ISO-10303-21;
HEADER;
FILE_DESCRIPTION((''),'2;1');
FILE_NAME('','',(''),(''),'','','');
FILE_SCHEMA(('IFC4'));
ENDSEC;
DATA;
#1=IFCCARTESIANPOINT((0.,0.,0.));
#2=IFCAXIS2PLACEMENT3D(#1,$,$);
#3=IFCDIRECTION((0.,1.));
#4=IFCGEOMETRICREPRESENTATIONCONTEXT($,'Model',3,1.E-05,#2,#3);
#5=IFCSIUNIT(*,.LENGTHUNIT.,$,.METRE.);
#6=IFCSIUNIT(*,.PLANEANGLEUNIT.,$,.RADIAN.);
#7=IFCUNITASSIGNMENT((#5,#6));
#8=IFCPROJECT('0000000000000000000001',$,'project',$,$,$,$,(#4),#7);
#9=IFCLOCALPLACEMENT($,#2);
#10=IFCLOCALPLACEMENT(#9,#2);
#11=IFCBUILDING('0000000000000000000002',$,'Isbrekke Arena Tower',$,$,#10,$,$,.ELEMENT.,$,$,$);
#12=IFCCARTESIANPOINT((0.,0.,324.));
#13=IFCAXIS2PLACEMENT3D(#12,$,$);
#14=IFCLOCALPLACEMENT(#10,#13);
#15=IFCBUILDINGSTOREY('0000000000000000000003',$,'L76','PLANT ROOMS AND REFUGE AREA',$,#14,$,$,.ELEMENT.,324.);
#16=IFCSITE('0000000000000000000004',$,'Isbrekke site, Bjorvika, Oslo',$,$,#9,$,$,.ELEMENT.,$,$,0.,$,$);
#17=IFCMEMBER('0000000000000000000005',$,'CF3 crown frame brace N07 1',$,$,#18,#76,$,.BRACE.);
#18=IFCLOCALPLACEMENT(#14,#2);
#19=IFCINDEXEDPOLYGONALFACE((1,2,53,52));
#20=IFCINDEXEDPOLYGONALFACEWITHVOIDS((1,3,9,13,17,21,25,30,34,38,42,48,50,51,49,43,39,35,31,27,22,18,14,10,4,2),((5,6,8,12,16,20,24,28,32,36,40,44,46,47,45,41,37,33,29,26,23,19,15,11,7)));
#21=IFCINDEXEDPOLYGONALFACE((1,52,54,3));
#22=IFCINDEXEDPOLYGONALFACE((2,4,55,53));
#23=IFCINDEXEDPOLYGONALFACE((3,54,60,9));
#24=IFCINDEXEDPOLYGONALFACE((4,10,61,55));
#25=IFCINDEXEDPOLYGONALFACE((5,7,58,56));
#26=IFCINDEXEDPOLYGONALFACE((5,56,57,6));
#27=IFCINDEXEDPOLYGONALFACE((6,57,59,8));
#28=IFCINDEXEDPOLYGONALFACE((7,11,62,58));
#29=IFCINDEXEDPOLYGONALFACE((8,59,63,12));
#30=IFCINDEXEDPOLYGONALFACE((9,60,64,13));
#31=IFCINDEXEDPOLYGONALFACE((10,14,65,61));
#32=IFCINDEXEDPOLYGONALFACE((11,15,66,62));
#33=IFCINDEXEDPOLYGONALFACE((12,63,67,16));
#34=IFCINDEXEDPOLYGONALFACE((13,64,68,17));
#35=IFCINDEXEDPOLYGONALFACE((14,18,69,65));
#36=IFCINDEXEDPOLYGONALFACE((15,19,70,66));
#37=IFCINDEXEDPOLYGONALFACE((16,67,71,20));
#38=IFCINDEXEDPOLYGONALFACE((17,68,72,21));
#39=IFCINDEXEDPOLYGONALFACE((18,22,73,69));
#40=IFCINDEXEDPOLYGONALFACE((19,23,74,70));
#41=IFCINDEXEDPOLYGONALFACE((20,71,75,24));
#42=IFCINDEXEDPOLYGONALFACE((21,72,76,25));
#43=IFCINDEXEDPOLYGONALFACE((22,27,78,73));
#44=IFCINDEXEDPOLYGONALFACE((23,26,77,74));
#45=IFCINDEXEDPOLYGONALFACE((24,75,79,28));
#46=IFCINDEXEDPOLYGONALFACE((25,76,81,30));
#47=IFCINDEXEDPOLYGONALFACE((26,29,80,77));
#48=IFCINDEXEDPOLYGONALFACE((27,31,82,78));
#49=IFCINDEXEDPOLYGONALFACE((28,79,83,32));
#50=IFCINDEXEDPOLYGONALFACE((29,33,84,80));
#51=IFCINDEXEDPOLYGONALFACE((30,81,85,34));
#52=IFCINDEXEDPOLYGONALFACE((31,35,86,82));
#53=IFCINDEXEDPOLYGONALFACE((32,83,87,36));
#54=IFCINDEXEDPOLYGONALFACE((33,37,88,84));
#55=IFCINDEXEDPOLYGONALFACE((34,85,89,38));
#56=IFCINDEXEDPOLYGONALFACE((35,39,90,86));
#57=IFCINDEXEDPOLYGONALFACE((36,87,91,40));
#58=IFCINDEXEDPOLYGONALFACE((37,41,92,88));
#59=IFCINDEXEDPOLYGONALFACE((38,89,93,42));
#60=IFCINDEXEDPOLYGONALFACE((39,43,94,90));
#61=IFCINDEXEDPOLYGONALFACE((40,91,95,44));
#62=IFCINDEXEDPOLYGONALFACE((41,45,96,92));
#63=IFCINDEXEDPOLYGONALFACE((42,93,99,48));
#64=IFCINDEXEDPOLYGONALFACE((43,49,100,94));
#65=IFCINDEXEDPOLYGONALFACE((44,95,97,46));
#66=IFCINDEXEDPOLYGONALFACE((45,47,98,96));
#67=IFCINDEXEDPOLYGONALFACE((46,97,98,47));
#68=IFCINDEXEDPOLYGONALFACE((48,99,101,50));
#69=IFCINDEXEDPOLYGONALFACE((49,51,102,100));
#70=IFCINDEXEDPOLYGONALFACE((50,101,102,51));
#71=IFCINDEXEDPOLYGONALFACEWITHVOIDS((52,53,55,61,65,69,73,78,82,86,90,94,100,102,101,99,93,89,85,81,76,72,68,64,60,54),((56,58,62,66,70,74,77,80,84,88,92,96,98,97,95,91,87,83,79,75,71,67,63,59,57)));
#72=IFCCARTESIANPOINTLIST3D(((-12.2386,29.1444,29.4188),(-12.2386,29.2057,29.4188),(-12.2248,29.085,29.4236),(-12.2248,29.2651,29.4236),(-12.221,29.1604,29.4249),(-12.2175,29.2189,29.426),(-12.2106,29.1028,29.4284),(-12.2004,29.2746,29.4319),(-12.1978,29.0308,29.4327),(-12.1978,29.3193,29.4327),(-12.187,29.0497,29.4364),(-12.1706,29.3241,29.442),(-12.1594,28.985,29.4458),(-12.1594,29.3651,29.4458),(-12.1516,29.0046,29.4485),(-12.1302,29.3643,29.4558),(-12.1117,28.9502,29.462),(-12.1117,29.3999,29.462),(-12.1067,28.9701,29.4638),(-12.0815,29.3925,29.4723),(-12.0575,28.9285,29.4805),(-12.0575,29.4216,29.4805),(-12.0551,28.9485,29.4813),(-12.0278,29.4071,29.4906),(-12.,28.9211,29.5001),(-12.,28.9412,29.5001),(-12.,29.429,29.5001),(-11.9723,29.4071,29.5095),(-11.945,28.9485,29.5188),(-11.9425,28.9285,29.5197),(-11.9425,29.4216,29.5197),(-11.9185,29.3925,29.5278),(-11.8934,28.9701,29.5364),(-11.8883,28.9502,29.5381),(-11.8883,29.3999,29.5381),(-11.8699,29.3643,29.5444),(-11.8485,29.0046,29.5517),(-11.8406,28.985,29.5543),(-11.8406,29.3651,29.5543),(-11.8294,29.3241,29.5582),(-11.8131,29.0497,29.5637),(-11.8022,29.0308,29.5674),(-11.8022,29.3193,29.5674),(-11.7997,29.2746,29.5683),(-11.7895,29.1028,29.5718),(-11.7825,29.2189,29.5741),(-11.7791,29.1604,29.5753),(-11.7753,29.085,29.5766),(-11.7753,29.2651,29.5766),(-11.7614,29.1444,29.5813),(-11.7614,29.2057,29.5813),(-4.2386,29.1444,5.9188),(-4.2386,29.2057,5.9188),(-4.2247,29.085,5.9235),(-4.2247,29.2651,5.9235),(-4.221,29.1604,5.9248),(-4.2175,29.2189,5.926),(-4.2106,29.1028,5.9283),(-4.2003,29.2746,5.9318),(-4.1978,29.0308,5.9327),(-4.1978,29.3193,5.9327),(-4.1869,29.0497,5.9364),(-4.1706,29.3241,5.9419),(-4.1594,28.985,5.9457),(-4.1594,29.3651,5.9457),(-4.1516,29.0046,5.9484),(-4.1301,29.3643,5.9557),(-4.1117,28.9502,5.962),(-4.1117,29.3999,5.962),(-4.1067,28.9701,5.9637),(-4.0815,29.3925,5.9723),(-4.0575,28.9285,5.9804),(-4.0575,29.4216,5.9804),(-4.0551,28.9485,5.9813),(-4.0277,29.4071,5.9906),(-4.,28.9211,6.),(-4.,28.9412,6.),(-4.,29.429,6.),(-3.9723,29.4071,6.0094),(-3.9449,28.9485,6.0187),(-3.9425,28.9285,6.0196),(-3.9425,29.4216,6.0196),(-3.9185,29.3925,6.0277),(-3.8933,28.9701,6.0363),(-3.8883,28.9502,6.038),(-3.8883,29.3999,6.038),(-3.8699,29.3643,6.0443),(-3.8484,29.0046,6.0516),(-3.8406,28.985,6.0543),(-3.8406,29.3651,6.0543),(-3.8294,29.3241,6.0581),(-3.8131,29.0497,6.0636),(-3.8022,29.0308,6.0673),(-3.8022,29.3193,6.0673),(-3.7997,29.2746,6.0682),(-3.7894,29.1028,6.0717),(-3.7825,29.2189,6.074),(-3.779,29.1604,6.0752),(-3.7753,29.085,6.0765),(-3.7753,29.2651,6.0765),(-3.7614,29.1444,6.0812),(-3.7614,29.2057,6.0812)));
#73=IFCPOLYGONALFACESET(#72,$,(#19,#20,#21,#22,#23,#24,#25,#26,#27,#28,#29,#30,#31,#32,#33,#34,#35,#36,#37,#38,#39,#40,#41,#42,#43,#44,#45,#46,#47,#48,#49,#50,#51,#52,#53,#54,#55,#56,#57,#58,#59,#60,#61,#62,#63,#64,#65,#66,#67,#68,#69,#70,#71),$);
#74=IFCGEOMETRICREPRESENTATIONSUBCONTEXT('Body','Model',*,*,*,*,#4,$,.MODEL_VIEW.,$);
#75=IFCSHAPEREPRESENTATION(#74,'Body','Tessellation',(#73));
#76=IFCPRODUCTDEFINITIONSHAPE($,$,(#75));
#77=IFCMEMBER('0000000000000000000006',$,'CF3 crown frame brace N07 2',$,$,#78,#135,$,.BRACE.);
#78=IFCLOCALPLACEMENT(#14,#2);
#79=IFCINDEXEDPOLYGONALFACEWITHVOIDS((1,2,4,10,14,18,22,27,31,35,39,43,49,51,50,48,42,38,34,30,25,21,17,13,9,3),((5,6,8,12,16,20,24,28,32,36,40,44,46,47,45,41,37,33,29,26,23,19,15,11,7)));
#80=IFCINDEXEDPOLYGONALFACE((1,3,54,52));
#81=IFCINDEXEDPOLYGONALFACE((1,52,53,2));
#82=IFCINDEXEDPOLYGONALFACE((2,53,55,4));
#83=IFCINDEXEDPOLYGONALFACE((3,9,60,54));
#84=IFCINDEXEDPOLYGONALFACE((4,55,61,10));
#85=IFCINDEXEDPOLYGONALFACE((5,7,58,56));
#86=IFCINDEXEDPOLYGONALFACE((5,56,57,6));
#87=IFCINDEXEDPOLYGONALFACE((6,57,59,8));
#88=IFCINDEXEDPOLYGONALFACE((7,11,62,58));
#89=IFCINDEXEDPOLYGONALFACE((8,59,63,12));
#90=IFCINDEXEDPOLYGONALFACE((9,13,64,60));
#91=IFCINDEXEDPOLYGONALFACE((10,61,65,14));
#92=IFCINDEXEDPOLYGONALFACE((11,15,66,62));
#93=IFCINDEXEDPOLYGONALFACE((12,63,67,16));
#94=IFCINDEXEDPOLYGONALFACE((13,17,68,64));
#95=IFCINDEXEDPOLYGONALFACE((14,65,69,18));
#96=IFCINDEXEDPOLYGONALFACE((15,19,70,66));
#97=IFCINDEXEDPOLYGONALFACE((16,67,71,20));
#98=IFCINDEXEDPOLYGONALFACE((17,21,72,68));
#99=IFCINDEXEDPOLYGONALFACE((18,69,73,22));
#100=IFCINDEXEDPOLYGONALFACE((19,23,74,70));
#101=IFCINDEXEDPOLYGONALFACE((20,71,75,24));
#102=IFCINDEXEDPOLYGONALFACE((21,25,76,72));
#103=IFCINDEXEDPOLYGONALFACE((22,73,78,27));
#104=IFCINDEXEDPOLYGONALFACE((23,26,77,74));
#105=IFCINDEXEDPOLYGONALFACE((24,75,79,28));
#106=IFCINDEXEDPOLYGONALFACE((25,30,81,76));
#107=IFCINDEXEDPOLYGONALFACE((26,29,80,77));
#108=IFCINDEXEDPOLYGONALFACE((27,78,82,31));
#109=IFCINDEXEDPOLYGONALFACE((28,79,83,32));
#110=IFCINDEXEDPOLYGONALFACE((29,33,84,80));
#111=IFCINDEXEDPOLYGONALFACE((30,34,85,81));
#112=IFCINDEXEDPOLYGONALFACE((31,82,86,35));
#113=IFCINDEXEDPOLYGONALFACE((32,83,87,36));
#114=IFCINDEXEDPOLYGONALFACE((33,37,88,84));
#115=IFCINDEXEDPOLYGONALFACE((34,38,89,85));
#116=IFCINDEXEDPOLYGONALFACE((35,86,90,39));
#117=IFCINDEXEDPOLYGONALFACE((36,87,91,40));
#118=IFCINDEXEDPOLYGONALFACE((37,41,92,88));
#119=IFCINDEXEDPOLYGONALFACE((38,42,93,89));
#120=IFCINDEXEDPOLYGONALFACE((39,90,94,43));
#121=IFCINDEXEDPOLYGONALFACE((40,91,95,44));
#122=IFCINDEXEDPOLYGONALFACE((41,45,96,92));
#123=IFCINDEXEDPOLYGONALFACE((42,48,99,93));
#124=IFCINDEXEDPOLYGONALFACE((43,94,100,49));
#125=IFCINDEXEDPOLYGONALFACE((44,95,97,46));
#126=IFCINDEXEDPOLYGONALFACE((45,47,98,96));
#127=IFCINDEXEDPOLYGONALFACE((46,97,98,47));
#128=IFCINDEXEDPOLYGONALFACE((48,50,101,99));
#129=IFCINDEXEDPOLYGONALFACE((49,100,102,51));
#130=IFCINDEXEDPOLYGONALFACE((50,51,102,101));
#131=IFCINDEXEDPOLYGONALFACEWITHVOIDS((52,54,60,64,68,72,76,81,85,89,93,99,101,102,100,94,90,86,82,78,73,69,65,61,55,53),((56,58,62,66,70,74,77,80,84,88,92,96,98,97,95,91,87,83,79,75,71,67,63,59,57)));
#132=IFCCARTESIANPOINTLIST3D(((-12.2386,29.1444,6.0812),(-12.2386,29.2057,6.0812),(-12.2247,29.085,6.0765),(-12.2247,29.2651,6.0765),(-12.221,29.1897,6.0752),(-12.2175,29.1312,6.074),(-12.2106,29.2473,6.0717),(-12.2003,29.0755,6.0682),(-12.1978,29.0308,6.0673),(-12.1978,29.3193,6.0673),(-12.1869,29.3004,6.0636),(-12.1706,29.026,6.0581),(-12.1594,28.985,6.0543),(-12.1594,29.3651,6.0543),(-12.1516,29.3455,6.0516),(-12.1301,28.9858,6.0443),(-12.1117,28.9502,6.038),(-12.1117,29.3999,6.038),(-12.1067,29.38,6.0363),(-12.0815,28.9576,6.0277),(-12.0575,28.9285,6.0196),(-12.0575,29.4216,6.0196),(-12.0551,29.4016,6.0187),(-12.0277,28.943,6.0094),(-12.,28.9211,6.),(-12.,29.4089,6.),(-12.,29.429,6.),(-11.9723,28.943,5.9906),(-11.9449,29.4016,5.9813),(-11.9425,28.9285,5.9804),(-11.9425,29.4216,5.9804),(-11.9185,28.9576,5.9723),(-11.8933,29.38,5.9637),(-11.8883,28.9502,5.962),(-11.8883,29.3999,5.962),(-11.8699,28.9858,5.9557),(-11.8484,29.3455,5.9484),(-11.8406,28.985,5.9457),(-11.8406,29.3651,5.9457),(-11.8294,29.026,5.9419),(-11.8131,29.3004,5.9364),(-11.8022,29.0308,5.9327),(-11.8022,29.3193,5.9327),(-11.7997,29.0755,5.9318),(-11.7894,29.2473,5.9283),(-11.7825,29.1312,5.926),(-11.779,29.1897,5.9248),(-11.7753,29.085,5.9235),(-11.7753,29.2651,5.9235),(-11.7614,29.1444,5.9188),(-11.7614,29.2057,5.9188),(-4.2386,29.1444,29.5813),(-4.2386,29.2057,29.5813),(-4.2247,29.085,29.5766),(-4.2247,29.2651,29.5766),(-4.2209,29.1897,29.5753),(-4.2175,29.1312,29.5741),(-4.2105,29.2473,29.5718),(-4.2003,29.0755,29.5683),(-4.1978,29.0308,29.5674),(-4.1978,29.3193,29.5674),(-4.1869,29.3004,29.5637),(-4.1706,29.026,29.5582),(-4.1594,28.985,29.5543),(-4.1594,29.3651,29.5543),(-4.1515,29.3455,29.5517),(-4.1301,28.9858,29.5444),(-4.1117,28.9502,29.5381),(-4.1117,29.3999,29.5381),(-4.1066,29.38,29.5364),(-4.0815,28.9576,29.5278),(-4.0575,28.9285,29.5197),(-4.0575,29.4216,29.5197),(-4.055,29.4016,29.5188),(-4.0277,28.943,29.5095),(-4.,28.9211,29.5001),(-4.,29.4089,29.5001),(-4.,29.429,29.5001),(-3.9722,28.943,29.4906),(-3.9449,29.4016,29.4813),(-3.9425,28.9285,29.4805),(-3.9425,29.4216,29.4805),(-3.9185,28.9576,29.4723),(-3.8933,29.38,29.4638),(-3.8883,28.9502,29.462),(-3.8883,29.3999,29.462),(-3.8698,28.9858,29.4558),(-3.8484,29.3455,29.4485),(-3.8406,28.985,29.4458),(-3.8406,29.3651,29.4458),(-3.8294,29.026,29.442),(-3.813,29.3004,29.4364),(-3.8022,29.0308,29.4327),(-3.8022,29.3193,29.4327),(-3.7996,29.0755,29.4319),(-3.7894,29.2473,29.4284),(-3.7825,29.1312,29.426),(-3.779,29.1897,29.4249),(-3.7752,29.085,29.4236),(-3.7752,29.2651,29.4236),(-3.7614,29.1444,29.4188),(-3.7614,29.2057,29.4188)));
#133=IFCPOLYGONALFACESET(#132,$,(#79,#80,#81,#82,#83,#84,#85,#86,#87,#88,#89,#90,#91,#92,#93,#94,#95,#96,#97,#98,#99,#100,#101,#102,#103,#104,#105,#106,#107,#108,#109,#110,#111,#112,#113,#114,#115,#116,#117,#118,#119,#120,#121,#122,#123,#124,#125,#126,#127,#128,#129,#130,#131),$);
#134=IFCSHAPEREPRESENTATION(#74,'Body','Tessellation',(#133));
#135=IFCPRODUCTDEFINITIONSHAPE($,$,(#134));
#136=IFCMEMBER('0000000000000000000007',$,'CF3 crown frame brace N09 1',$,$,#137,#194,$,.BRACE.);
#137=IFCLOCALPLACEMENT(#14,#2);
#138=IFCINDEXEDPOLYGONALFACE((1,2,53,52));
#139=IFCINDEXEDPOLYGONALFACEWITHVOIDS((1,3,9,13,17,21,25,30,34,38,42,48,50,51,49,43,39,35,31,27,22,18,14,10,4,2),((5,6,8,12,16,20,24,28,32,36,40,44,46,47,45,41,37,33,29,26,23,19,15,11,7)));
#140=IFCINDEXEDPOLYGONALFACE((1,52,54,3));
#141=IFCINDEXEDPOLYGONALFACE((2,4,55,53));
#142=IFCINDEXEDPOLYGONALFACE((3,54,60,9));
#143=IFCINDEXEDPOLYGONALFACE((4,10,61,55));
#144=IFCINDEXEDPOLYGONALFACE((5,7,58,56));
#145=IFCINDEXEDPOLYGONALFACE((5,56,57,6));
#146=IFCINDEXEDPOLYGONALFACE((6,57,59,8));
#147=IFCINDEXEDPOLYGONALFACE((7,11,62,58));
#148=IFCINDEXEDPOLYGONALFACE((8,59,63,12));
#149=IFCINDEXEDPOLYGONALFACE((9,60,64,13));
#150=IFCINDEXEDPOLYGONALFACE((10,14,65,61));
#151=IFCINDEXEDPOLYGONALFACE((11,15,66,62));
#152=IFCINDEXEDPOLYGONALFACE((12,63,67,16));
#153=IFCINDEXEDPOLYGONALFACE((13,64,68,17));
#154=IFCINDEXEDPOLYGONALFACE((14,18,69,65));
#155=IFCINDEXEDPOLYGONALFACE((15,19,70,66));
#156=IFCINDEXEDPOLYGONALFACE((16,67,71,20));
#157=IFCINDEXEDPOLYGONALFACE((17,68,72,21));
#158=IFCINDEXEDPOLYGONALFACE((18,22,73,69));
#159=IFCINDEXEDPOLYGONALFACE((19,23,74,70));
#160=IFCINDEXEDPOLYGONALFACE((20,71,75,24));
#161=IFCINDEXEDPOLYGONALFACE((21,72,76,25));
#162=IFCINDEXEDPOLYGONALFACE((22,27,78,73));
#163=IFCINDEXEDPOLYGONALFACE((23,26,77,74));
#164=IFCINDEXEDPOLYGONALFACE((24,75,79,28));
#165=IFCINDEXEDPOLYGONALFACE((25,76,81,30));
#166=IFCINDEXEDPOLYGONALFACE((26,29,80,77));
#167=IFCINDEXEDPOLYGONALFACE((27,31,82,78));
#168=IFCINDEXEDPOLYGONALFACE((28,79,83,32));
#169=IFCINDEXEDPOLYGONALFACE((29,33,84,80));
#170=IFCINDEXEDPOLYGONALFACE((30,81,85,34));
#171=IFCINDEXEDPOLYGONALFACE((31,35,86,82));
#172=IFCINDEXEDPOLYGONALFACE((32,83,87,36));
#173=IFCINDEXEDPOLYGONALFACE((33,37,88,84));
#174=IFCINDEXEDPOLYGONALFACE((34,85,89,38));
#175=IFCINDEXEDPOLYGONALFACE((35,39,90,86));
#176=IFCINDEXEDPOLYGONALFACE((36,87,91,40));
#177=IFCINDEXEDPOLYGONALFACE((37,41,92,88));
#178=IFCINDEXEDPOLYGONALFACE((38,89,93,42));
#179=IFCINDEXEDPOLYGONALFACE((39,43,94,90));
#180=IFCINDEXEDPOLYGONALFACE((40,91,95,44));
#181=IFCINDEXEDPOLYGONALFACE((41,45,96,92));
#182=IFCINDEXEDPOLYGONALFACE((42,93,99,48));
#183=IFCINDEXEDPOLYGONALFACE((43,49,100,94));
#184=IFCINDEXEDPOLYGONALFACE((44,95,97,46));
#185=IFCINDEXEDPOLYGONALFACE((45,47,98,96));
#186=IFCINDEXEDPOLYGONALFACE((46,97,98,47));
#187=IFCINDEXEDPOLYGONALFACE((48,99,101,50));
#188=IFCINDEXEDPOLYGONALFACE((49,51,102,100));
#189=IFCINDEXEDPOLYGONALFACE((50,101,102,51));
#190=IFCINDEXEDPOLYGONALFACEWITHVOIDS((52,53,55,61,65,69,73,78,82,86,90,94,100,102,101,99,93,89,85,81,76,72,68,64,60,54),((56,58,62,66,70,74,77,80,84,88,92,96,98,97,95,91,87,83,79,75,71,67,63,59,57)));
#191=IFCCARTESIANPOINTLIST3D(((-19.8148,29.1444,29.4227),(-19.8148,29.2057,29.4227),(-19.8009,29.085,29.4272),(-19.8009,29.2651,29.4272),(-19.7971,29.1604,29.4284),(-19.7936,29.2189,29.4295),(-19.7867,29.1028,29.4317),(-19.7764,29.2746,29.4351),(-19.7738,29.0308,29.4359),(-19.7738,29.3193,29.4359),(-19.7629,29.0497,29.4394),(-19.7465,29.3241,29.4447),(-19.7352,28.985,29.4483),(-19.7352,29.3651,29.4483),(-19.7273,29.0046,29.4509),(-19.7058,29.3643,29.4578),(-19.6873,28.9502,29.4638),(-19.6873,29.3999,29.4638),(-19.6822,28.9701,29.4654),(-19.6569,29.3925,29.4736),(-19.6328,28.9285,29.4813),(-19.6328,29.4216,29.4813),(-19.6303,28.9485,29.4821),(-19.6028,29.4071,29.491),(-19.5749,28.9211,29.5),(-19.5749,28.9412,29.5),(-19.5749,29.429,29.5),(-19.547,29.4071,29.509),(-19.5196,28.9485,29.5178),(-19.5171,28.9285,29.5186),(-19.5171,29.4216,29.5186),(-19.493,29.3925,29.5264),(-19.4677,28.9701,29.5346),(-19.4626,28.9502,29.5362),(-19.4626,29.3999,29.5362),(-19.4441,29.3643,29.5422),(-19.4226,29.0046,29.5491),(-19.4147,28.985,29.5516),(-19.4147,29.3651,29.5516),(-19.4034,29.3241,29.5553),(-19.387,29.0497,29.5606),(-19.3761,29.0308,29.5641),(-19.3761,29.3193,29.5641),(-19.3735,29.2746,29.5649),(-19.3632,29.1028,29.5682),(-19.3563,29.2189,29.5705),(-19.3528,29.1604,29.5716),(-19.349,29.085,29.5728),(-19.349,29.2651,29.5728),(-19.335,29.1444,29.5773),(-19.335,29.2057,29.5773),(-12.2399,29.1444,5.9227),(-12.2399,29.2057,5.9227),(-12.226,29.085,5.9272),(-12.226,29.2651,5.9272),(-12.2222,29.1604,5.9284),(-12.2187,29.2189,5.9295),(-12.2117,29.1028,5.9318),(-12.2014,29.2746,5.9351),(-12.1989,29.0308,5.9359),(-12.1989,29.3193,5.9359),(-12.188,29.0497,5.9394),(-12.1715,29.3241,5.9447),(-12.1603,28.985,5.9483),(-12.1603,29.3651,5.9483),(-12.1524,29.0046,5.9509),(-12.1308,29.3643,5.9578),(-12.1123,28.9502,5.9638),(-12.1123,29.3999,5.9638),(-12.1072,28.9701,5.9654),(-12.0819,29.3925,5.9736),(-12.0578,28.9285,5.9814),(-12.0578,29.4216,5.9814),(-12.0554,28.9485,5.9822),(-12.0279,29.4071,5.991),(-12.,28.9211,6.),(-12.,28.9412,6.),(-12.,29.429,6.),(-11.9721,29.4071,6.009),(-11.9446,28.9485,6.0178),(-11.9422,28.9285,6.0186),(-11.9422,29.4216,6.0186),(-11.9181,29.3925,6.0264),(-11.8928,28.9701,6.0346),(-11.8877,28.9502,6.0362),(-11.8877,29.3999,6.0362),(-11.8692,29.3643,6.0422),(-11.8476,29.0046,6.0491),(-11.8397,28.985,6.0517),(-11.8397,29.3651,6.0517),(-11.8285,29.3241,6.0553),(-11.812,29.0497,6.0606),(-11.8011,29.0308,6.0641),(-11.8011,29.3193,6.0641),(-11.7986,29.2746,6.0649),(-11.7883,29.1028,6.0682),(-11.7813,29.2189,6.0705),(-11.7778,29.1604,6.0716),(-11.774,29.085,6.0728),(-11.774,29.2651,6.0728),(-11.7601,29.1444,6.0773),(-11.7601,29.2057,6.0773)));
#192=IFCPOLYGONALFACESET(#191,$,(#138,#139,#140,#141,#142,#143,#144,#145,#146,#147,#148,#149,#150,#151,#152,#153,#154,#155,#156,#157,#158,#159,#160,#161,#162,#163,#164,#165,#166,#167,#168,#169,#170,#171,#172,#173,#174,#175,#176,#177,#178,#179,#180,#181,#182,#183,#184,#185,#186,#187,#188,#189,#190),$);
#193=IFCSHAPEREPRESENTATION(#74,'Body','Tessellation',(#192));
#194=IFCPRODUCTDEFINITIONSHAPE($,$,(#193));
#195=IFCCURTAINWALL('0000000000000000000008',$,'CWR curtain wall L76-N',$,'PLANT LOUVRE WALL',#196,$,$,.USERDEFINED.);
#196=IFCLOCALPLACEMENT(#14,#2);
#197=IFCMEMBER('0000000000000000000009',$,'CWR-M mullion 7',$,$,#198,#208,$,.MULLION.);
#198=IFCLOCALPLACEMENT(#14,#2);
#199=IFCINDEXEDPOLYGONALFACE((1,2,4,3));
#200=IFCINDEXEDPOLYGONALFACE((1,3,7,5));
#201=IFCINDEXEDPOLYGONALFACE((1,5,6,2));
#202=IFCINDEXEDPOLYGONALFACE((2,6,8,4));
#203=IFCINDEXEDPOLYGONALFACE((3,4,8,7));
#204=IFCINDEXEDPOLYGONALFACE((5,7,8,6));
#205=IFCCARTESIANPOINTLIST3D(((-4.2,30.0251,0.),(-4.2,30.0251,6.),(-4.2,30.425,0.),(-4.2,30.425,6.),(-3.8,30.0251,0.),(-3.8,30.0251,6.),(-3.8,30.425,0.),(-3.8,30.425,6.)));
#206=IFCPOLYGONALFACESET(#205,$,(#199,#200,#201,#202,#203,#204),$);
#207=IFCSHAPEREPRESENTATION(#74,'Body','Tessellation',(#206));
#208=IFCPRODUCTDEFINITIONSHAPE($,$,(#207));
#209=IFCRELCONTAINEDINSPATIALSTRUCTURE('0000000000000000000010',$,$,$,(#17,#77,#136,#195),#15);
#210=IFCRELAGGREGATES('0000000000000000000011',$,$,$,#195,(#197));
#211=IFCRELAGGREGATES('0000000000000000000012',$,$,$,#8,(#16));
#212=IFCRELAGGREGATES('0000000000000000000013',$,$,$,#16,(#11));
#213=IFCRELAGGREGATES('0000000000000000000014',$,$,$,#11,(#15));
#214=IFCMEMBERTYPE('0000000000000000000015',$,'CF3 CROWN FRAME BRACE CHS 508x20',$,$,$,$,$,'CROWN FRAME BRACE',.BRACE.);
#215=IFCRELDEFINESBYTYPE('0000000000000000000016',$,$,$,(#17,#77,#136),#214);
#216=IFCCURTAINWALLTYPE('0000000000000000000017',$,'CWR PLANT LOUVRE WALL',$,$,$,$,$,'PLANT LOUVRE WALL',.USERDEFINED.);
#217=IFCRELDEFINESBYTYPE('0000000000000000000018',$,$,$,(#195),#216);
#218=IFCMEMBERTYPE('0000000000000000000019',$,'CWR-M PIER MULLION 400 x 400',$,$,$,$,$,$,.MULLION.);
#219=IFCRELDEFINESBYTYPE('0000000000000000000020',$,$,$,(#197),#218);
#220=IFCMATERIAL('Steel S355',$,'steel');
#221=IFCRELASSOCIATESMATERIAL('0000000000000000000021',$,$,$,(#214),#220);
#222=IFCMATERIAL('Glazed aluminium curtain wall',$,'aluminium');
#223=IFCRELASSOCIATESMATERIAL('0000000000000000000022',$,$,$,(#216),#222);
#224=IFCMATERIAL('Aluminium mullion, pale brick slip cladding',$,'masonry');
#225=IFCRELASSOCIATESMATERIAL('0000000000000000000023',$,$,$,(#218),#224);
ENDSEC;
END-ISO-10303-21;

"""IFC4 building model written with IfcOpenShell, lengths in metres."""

from ifc_helpers import new_model, si_unit, direction, frame, origin, origin_2d, place, context, subcontext, project, spatial, rectangle, hollow_circle, extrude, material, material_profile, profile_set, type_object, element, aggregate, save


model = new_model("IFC4")

# Units and contexts
model_context = context("Model", 3, precision=1e-05, world=origin(), true_north=direction((0.0, 1.0)))
body_context = subcontext(model_context, "Body", "Model", "MODEL_VIEW")
ifc_project = project(units=[si_unit("LENGTHUNIT", "METRE"), si_unit("PLANEANGLEUNIT", "RADIAN")], contexts=[model_context])

# Site, building, storey
site_placement = place(None, origin())
site = spatial("IfcSite", under=ifc_project, at=site_placement, Name="Isbrekke site, Bjorvika, Oslo", CompositionType="ELEMENT", RefElevation=0.0)
building_placement = place(site_placement, origin())
building = spatial("IfcBuilding", under=site, at=building_placement, Name="Isbrekke Arena Tower", CompositionType="ELEMENT")
storey_placement = place(building_placement, frame((0.0, 0.0, 324.0)))
storey = spatial("IfcBuildingStorey", under=building, at=storey_placement, Name="L76", Description="PLANT ROOMS AND REFUGE AREA", CompositionType="ELEMENT", Elevation=324.0)

# Members
ifc_material_1 = material(Name="Steel S355", Category="steel")
ifc_material_profile_1 = material_profile(ifc_material_1, hollow_circle(Radius=0.2539, WallThickness=0.02, at=origin_2d()), Name="CHS 508x20")
ifc_profile_set_1 = profile_set([ifc_material_profile_1], Name="Steel S355")
member_type_1 = type_object("IfcMemberType", Name="CF3 CROWN FRAME BRACE CHS 508x20", ElementType="CROWN FRAME BRACE", PredefinedType="BRACE", material=ifc_profile_set_1)
for number, where, z_axis, x_axis, name in (
    (1, (-4.0, 29.175, 6.0), (-0.322264, 0.0, 0.94665), (0.0, -1.0, 0.0), "CF3 crown frame brace N07 1"),
    (2, (-12.0, 29.175, 6.0), (0.322264, 0.0, 0.94665), (0.0, 1.0, 0.0), "CF3 crown frame brace N07 2"),
):
    element("IfcMember", number, at=place(storey_placement, frame(where, z_axis=z_axis, x_axis=x_axis)), inside=storey, type_object=member_type_1, Name=name, PredefinedType="BRACE", context=body_context, shape_type="SweptSolid", body=[
        extrude(hollow_circle(Radius=0.2539, WallThickness=0.02, at=origin_2d()), origin(), (0.0, 0.0, 1.0), 24.8245),
    ])
member_1_placement = place(storey_placement, frame((-12.0, 29.175, 6.0), z_axis=(-0.306794, 0.0, 0.951776), x_axis=(0.0, -1.0, 0.0)))
element("IfcMember", 3, at=member_1_placement, inside=storey, type_object=member_type_1, Name="CF3 crown frame brace N09 1", PredefinedType="BRACE", context=body_context, shape_type="SweptSolid", body=[
    extrude(hollow_circle(Radius=0.2539, WallThickness=0.02, at=origin_2d()), origin(), (0.0, 0.0, 1.0), 24.6907),
])

# Curtain wall, member
ifc_material_2 = material(Name="Glazed aluminium curtain wall", Category="aluminium")
curtain_wall_type = type_object("IfcCurtainWallType", Name="CWR PLANT LOUVRE WALL", ElementType="PLANT LOUVRE WALL", PredefinedType="USERDEFINED", material=ifc_material_2)
curtain_wall_placement = place(storey_placement, origin())
curtain_wall = element("IfcCurtainWall", 4, at=curtain_wall_placement, inside=storey, type_object=curtain_wall_type, Name="CWR curtain wall L76-N", ObjectType="PLANT LOUVRE WALL", PredefinedType="USERDEFINED")
ifc_material_3 = material(Name="Aluminium mullion, pale brick slip cladding", Category="masonry")
ifc_material_profile_2 = material_profile(ifc_material_3, rectangle(XDim=0.3999, YDim=0.3999, at=origin_2d()), Name="PIER 400X400")
ifc_profile_set_2 = profile_set([ifc_material_profile_2], Name="Aluminium mullion, pale brick slip cladding")
member_type_2 = type_object("IfcMemberType", Name="CWR-M PIER MULLION 400 x 400", PredefinedType="MULLION", material=ifc_profile_set_2)
member_2_placement = place(storey_placement, frame((-4.0, 30.2251, 0.0), z_axis=(0.0, 0.0, 1.0), x_axis=(-1.0, 0.0, 0.0)))
member_2 = element("IfcMember", 5, at=member_2_placement, type_object=member_type_2, Name="CWR-M mullion 7", PredefinedType="MULLION", context=body_context, shape_type="SweptSolid", body=[
    extrude(rectangle(XDim=0.3999, YDim=0.3999, at=origin_2d()), origin(), (0.0, 0.0, 1.0), 6.0),
])

aggregate(curtain_wall, [member_2])

save(model, "model.ifc")
